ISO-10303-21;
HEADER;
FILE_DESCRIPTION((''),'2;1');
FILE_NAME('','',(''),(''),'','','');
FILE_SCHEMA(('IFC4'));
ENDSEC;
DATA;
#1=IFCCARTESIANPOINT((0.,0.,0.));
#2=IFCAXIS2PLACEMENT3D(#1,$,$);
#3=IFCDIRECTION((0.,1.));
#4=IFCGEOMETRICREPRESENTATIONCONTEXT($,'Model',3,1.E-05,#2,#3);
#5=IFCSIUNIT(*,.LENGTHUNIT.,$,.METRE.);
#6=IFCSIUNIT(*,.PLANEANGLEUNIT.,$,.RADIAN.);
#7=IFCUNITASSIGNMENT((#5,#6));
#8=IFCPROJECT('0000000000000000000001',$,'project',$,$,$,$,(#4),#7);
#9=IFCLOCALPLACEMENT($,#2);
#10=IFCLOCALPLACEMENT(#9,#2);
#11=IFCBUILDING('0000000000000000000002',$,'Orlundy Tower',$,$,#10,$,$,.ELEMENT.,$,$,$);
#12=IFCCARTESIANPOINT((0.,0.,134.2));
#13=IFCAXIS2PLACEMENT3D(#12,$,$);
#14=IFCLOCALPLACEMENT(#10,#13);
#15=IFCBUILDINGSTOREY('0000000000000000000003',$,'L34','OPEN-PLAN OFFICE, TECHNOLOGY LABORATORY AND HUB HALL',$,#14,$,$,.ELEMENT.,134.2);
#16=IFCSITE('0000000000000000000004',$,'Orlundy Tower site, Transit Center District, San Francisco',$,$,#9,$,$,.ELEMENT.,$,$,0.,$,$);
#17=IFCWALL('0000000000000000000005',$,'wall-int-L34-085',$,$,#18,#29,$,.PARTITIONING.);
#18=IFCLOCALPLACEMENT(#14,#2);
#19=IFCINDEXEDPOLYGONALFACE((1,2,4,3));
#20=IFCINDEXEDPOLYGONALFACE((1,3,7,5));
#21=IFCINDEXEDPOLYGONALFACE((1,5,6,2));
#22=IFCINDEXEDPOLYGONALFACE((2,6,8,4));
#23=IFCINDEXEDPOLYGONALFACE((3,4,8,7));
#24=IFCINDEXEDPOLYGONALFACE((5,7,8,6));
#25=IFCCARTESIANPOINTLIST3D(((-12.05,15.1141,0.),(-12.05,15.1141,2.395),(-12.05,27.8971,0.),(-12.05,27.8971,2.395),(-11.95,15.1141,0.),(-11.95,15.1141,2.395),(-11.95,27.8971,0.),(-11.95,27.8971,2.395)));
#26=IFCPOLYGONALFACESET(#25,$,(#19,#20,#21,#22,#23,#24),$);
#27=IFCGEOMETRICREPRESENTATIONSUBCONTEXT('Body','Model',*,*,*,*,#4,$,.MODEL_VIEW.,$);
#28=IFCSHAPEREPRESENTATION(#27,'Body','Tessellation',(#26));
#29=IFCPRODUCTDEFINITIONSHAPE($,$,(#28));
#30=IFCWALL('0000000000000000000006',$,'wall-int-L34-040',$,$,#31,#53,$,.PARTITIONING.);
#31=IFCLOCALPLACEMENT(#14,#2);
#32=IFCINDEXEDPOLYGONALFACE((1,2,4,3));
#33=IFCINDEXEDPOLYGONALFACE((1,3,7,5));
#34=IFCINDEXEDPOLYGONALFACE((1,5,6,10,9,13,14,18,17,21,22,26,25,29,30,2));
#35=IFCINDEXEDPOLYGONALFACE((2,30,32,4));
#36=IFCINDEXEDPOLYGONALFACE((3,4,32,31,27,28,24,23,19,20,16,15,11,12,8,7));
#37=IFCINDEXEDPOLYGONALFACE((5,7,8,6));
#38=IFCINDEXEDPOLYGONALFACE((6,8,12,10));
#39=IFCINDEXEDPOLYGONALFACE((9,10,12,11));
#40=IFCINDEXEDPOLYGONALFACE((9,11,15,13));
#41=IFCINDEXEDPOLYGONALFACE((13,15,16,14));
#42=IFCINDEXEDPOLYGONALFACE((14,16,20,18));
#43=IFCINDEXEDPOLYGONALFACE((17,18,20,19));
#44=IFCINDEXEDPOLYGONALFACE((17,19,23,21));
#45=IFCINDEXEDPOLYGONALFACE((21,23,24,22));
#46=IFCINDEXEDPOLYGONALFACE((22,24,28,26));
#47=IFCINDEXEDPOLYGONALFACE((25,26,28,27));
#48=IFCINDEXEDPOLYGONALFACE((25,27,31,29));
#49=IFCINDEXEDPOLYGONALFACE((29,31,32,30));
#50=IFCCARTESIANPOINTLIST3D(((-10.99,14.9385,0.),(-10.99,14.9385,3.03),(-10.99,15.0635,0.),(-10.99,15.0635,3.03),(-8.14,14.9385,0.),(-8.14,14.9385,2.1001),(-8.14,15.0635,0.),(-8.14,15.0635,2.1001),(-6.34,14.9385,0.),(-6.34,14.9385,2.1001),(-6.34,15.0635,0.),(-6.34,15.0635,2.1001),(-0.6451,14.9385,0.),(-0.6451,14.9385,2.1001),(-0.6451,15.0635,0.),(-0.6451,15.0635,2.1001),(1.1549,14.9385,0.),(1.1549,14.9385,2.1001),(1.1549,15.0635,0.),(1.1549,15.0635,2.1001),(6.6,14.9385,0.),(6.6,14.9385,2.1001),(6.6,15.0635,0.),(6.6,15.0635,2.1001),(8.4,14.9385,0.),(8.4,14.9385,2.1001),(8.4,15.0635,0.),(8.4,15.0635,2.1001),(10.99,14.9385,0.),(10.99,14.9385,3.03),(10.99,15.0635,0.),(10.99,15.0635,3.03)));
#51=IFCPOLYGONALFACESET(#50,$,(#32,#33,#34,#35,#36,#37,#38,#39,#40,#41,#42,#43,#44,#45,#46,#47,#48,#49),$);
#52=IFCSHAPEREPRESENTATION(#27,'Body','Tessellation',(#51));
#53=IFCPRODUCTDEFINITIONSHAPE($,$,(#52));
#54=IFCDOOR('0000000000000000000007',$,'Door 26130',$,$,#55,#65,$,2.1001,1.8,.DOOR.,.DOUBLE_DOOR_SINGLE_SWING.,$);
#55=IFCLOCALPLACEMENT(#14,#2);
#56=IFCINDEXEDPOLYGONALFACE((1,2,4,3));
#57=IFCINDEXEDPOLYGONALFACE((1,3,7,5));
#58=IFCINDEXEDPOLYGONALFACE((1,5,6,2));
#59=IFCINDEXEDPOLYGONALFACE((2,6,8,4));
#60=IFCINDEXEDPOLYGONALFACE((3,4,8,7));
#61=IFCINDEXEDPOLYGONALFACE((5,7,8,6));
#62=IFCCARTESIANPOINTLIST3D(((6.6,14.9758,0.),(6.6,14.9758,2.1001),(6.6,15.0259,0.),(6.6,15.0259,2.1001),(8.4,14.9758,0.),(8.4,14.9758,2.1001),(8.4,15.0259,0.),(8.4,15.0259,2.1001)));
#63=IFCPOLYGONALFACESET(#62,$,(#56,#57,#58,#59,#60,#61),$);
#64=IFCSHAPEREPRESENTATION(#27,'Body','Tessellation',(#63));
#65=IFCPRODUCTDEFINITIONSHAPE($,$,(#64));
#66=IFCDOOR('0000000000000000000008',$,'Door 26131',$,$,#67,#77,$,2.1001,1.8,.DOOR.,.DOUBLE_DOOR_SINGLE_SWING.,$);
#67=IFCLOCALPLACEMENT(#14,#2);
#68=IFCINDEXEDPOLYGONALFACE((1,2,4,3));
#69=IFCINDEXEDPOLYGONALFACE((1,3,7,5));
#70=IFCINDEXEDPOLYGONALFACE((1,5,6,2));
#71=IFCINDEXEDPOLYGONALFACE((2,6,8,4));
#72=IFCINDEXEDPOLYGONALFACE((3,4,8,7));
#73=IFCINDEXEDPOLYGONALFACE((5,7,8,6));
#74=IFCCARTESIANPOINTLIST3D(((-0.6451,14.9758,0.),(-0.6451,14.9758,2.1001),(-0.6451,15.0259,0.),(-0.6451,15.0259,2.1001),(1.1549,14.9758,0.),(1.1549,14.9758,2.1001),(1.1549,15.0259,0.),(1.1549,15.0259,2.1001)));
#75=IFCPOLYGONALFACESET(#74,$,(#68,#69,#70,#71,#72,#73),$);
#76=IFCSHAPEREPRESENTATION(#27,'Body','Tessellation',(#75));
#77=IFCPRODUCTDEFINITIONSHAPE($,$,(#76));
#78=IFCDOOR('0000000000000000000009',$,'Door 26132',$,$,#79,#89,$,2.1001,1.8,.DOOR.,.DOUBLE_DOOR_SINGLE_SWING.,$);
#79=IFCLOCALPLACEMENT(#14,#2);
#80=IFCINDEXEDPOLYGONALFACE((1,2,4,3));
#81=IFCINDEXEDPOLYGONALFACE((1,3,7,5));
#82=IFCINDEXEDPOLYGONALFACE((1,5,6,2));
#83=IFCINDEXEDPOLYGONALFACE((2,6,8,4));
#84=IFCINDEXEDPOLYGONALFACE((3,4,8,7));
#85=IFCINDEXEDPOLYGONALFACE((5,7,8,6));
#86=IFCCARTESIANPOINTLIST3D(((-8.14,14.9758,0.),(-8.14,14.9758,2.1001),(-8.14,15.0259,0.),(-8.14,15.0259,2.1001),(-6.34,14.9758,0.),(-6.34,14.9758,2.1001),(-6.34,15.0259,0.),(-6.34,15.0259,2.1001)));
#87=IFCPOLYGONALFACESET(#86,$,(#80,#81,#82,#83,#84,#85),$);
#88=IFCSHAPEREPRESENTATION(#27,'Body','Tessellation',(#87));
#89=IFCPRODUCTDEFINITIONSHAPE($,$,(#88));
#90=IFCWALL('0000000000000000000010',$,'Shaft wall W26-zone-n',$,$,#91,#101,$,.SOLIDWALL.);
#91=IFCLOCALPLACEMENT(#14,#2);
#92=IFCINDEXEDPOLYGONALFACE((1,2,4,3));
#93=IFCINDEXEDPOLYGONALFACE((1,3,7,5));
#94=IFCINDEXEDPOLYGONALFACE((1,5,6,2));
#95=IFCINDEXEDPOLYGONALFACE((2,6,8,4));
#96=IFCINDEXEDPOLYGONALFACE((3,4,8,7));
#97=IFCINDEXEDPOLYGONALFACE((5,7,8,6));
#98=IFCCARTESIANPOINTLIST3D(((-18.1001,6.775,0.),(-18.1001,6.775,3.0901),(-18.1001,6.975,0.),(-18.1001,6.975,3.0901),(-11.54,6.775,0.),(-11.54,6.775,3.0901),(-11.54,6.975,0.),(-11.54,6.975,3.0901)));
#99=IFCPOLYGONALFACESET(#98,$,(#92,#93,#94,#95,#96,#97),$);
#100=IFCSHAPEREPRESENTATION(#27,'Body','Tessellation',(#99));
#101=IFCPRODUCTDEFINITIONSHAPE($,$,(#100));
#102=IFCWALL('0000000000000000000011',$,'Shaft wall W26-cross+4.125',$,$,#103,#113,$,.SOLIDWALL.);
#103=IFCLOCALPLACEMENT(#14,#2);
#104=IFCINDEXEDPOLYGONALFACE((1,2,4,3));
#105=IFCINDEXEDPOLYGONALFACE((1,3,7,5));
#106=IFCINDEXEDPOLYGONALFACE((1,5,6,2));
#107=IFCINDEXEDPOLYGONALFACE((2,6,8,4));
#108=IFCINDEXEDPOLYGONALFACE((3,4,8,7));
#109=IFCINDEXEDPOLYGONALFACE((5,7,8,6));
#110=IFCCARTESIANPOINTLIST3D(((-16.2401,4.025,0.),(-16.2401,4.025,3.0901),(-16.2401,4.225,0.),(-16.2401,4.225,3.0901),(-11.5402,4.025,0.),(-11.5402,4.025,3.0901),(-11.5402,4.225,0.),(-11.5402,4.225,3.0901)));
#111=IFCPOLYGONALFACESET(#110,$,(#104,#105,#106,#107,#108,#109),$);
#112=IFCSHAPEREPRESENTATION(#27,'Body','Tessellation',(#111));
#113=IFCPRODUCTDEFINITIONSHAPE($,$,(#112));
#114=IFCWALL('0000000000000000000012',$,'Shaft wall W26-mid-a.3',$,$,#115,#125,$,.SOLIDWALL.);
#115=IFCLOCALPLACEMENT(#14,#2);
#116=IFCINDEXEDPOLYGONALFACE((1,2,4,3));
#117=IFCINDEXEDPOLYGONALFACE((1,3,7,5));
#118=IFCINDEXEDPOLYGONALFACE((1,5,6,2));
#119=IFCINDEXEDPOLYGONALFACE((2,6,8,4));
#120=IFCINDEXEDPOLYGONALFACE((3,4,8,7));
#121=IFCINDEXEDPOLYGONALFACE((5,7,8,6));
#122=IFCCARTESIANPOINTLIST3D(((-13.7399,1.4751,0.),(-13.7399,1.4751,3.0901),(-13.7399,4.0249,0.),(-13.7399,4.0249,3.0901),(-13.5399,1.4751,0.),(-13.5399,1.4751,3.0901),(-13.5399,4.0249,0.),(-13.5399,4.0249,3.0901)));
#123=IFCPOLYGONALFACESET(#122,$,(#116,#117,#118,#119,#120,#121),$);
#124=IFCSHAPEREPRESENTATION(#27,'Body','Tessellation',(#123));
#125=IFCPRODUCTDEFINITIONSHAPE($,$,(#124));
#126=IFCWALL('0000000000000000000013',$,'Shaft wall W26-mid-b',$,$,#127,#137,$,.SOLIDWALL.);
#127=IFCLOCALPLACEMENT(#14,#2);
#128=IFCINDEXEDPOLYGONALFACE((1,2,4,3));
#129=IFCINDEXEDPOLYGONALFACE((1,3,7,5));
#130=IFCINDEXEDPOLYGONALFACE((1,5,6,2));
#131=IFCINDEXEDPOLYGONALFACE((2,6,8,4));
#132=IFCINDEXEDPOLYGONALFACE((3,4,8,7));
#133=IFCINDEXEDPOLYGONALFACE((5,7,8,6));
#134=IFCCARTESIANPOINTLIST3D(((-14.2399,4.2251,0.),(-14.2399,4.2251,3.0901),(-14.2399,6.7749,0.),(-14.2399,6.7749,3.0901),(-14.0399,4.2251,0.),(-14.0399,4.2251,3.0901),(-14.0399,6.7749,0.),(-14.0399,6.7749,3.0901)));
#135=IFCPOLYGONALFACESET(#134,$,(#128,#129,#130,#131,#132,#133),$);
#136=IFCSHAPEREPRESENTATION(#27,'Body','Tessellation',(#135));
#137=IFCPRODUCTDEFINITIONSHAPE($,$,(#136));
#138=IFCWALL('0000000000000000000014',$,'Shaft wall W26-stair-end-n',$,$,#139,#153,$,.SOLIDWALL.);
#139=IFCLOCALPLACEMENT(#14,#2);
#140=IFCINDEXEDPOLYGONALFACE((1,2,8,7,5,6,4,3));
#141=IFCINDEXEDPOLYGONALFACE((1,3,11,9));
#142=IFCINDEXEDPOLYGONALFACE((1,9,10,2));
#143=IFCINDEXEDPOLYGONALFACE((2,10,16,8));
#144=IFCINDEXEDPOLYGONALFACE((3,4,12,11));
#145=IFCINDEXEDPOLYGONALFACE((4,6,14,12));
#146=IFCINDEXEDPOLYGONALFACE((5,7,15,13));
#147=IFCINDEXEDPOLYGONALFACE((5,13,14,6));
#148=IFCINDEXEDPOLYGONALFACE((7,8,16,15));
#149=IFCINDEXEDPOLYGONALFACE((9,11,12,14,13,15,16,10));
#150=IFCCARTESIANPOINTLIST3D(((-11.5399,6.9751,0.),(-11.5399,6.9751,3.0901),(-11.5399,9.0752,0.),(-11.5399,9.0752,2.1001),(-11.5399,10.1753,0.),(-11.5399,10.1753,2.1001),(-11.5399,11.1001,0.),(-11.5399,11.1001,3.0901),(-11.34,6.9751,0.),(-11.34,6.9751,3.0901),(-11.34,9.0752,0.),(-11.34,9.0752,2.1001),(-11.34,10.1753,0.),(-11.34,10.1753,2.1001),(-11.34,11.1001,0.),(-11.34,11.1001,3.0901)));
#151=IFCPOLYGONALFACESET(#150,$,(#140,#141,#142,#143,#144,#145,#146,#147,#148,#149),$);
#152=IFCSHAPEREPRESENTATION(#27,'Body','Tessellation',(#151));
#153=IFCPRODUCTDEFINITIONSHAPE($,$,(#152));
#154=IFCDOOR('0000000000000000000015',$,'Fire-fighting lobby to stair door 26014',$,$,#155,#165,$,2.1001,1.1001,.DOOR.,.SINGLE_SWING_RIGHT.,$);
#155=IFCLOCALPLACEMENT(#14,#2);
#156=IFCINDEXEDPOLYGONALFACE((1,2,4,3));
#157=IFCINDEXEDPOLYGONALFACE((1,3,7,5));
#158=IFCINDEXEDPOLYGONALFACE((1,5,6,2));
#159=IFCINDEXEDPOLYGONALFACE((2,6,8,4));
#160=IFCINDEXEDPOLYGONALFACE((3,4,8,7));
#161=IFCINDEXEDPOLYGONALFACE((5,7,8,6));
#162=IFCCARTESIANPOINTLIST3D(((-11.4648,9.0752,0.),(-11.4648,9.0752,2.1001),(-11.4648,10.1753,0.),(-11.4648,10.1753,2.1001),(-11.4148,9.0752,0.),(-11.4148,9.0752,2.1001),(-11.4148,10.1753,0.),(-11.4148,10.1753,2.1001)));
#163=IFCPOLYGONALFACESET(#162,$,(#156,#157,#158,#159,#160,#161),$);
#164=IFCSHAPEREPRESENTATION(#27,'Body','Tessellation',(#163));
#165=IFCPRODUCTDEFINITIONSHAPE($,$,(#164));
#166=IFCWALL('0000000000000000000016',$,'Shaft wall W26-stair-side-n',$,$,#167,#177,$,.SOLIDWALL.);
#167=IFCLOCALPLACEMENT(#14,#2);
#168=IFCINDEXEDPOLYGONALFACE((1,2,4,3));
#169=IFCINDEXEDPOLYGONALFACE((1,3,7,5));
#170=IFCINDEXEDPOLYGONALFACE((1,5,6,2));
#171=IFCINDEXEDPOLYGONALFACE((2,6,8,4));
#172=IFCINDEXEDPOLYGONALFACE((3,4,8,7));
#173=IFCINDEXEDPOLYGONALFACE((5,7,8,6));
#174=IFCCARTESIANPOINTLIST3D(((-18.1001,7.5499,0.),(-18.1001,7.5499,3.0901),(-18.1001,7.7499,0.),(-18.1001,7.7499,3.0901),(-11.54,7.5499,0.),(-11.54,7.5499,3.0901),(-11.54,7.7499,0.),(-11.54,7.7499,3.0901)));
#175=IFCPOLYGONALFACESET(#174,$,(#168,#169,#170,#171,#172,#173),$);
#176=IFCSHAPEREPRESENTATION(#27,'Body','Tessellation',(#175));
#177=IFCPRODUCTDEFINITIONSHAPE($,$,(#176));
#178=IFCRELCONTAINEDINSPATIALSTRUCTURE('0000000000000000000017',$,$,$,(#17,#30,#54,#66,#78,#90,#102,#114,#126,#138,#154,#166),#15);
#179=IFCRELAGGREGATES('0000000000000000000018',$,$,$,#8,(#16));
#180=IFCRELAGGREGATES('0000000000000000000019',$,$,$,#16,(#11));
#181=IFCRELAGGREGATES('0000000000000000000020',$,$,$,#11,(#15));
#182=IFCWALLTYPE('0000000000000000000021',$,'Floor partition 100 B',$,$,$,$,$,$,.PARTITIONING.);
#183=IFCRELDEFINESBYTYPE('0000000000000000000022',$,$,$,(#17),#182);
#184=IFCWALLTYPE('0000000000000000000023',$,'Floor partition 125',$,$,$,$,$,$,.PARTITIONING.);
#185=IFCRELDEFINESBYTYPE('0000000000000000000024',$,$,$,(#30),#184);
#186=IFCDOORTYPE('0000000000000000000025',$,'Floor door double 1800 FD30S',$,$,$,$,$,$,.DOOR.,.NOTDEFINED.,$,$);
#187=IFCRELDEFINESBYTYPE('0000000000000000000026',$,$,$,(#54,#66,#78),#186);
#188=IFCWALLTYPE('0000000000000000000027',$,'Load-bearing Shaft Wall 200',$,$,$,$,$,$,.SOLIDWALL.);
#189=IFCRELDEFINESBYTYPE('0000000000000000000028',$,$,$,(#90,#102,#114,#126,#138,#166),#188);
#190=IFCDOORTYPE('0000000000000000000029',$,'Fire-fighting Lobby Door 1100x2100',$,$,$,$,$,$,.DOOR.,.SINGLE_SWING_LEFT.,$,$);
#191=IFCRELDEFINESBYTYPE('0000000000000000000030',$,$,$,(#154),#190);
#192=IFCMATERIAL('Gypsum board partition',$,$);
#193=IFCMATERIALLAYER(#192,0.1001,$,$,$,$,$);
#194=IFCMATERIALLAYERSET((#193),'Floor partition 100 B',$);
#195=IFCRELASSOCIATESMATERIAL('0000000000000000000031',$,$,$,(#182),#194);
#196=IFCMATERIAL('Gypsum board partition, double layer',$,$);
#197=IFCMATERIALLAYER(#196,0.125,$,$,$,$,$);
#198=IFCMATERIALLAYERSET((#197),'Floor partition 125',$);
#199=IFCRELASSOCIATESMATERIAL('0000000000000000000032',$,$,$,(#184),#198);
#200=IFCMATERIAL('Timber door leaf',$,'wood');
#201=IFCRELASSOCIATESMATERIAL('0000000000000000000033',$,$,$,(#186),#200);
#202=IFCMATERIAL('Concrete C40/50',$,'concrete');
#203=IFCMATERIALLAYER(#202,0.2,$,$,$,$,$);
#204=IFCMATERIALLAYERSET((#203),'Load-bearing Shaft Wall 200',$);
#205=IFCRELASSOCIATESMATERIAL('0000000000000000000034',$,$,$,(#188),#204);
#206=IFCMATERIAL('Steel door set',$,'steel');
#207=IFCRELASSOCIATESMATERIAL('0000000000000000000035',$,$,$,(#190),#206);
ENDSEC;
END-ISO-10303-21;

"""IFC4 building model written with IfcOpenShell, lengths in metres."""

from ifc_helpers import new_model, si_unit, direction, frame, frame_2d, origin, place, context, subcontext, project, spatial, rectangle, extrude, material, layer, layer_set, type_object, element, fill, save


model = new_model("IFC4")

# Units and contexts
model_context = context("Model", 3, precision=1e-05, world=origin(), true_north=direction((0.0, 1.0)))
body_context = subcontext(model_context, "Body", "Model", "MODEL_VIEW")
ifc_project = project(units=[si_unit("LENGTHUNIT", "METRE"), si_unit("PLANEANGLEUNIT", "RADIAN")], contexts=[model_context])

# Site, building, storey
site_placement = place(None, origin())
site = spatial("IfcSite", under=ifc_project, at=site_placement, Name="Orlundy Tower site, Transit Center District, San Francisco", CompositionType="ELEMENT", RefElevation=0.0)
building_placement = place(site_placement, origin())
building = spatial("IfcBuilding", under=site, at=building_placement, Name="Orlundy Tower", CompositionType="ELEMENT")
storey_placement = place(building_placement, frame((0.0, 0.0, 134.2)))
storey = spatial("IfcBuildingStorey", under=building, at=storey_placement, Name="L34", Description="OPEN-PLAN OFFICE, TECHNOLOGY LABORATORY AND HUB HALL", CompositionType="ELEMENT", Elevation=134.2)

# Wall
ifc_material_1 = material(Name="Gypsum board partition")
ifc_layer_1 = layer(ifc_material_1, 0.1001)
ifc_layer_set_1 = layer_set([ifc_layer_1], Name="Floor partition 100 B")
wall_type_1 = type_object("IfcWallType", Name="Floor partition 100 B", PredefinedType="PARTITIONING", material=ifc_layer_set_1)
wall_1_placement = place(storey_placement, frame((-12.0, 15.114, 0.0), z_axis=(0.0, 0.0, 1.0), x_axis=(0.0, 1.0, 0.0)))
element("IfcWall", 1, at=wall_1_placement, inside=storey, type_object=wall_type_1, Name="wall-int-L34-085", PredefinedType="PARTITIONING", context=body_context, shape_type="SweptSolid", body=[
    extrude(rectangle(XDim=12.783, YDim=0.1001, at=frame_2d((6.3916, 0.0))), origin(), (0.0, 0.0, 1.0), 2.395),
])

# Wall, openings, doors
ifc_material_2 = material(Name="Gypsum board partition, double layer")
ifc_layer_2 = layer(ifc_material_2, 0.125)
ifc_layer_set_2 = layer_set([ifc_layer_2], Name="Floor partition 125")
wall_type_2 = type_object("IfcWallType", Name="Floor partition 125", PredefinedType="PARTITIONING", material=ifc_layer_set_2)
wall_2_placement = place(storey_placement, frame((-10.99, 15.001, 0.0), z_axis=(0.0, 0.0, 1.0), x_axis=(1.0, 0.0, 0.0)))
wall_2 = element("IfcWall", 2, at=wall_2_placement, inside=storey, type_object=wall_type_2, Name="wall-int-L34-040", PredefinedType="PARTITIONING", context=body_context, shape_type="SweptSolid", body=[
    extrude(rectangle(XDim=21.98, YDim=0.125, at=frame_2d((10.99, 0.0))), origin(), (0.0, 0.0, 1.0), 3.03),
])
opening_1_placement = place(wall_2_placement, frame((17.5901, 0.0, 0.0)))
opening_1 = element("IfcOpeningElement", 3, at=opening_1_placement, cuts=wall_2, PredefinedType="OPENING", context=body_context, shape_type="SweptSolid", body=[
    extrude(rectangle(XDim=1.8, YDim=2.1001, at=frame_2d((0.8999, 1.05))), frame((0.0, 0.0725, 0.0), z_axis=(0.0, -1.0, 0.0), x_axis=(1.0, 0.0, 0.0)), (0.0, 0.0, 1.0), 0.145),
])
opening_2_placement = place(wall_2_placement, frame((10.345, 0.0, 0.0)))
opening_2 = element("IfcOpeningElement", 4, at=opening_2_placement, cuts=wall_2, PredefinedType="OPENING", context=body_context, shape_type="SweptSolid", body=[
    extrude(rectangle(XDim=1.8, YDim=2.1001, at=frame_2d((0.8999, 1.05))), frame((0.0, 0.0725, 0.0), z_axis=(0.0, -1.0, 0.0), x_axis=(1.0, 0.0, 0.0)), (0.0, 0.0, 1.0), 0.145),
])
opening_3_placement = place(wall_2_placement, frame((2.8501, 0.0, 0.0)))
opening_3 = element("IfcOpeningElement", 5, at=opening_3_placement, cuts=wall_2, PredefinedType="OPENING", context=body_context, shape_type="SweptSolid", body=[
    extrude(rectangle(XDim=1.8, YDim=2.1001, at=frame_2d((0.8999, 1.05))), frame((0.0, 0.0725, 0.0), z_axis=(0.0, -1.0, 0.0), x_axis=(1.0, 0.0, 0.0)), (0.0, 0.0, 1.0), 0.145),
])
ifc_material_3 = material(Name="Timber door leaf", Category="wood")
door_type_1 = type_object("IfcDoorType", Name="Floor door double 1800 FD30S", OperationType="NOTDEFINED", PredefinedType="DOOR", material=ifc_material_3)
door_1_placement = place(opening_1_placement, origin())
door_1 = element("IfcDoor", 6, at=door_1_placement, inside=storey, type_object=door_type_1, Name="Door 26130", OperationType="DOUBLE_DOOR_SINGLE_SWING", OverallHeight=2.1001, OverallWidth=1.8, PredefinedType="DOOR", context=body_context, shape_type="SweptSolid", body=[
    extrude(rectangle(XDim=1.8, YDim=2.1001, at=frame_2d((0.8999, 1.05))), frame((0.0, 0.0249, 0.0), z_axis=(0.0, -1.0, 0.0), x_axis=(1.0, 0.0, 0.0)), (0.0, 0.0, 1.0), 0.05),
])
fill(opening_1, door_1)
door_2_placement = place(opening_2_placement, origin())
door_2 = element("IfcDoor", 7, at=door_2_placement, inside=storey, type_object=door_type_1, Name="Door 26131", OperationType="DOUBLE_DOOR_SINGLE_SWING", OverallHeight=2.1001, OverallWidth=1.8, PredefinedType="DOOR", context=body_context, shape_type="SweptSolid", body=[
    extrude(rectangle(XDim=1.8, YDim=2.1001, at=frame_2d((0.8999, 1.05))), frame((0.0, 0.0249, 0.0), z_axis=(0.0, -1.0, 0.0), x_axis=(1.0, 0.0, 0.0)), (0.0, 0.0, 1.0), 0.05),
])
fill(opening_2, door_2)
door_3_placement = place(opening_3_placement, origin())
door_3 = element("IfcDoor", 8, at=door_3_placement, inside=storey, type_object=door_type_1, Name="Door 26132", OperationType="DOUBLE_DOOR_SINGLE_SWING", OverallHeight=2.1001, OverallWidth=1.8, PredefinedType="DOOR", context=body_context, shape_type="SweptSolid", body=[
    extrude(rectangle(XDim=1.8, YDim=2.1001, at=frame_2d((0.8999, 1.05))), frame((0.0, 0.0249, 0.0), z_axis=(0.0, -1.0, 0.0), x_axis=(1.0, 0.0, 0.0)), (0.0, 0.0, 1.0), 0.05),
])
fill(opening_3, door_3)

# Walls
ifc_material_4 = material(Name="Concrete C40/50", Category="concrete")
ifc_layer_3 = layer(ifc_material_4, 0.2)
ifc_layer_set_3 = layer_set([ifc_layer_3], Name="Load-bearing Shaft Wall 200")
wall_type_3 = type_object("IfcWallType", Name="Load-bearing Shaft Wall 200", PredefinedType="SOLIDWALL", material=ifc_layer_set_3)
wall_3_placement = place(storey_placement, frame((-11.54, 6.875, 0.0), z_axis=(0.0, 0.0, 1.0), x_axis=(-1.0, 0.0, 0.0)))
element("IfcWall", 9, at=wall_3_placement, inside=storey, type_object=wall_type_3, Name="Shaft wall W26-zone-n", PredefinedType="SOLIDWALL", context=body_context, shape_type="SweptSolid", body=[
    extrude(rectangle(XDim=6.5601, YDim=0.2, at=frame_2d((3.28, 0.0))), origin(), (0.0, 0.0, 1.0), 3.0901),
])
wall_4_placement = place(storey_placement, frame((-11.54, 4.125, 0.0), z_axis=(0.0, 0.0, 1.0), x_axis=(-1.0, 0.0, 0.0)))
element("IfcWall", 10, at=wall_4_placement, inside=storey, type_object=wall_type_3, Name="Shaft wall W26-cross+4.125", PredefinedType="SOLIDWALL", context=body_context, shape_type="SweptSolid", body=[
    extrude(rectangle(XDim=4.7, YDim=0.2, at=frame_2d((2.3501, 0.0))), origin(), (0.0, 0.0, 1.0), 3.0901),
])
for number, where, z_axis, x_axis, name in (
    (11, (-13.6399, 1.4751, 0.0), (0.0, 0.0, 1.0), (0.0, 1.0, 0.0), "Shaft wall W26-mid-a.3"),
    (12, (-14.1399, 4.2251, 0.0), (0.0, 0.0, 1.0), (0.0, 1.0, 0.0), "Shaft wall W26-mid-b"),
):
    element("IfcWall", number, at=place(storey_placement, frame(where, z_axis=z_axis, x_axis=x_axis)), inside=storey, type_object=wall_type_3, Name=name, PredefinedType="SOLIDWALL", context=body_context, shape_type="SweptSolid", body=[
        extrude(rectangle(XDim=2.5498, YDim=0.2, at=frame_2d((1.2749, 0.0))), origin(), (0.0, 0.0, 1.0), 3.0901),
    ])

# Wall, opening, door
wall_5_placement = place(storey_placement, frame((-11.4399, 6.9751, 0.0), z_axis=(0.0, 0.0, 1.0), x_axis=(0.0, 1.0, 0.0)))
wall_5 = element("IfcWall", 13, at=wall_5_placement, inside=storey, type_object=wall_type_3, Name="Shaft wall W26-stair-end-n", PredefinedType="SOLIDWALL", context=body_context, shape_type="SweptSolid", body=[
    extrude(rectangle(XDim=4.125, YDim=0.2, at=frame_2d((2.0625, 0.0))), origin(), (0.0, 0.0, 1.0), 3.0901),
])
opening_4_placement = place(wall_5_placement, frame((2.1001, 0.0, 0.0)))
opening_4 = element("IfcOpeningElement", 14, at=opening_4_placement, cuts=wall_5, PredefinedType="OPENING", context=body_context, shape_type="SweptSolid", body=[
    extrude(rectangle(XDim=1.1001, YDim=2.1001, at=frame_2d((0.55, 1.05))), frame((0.0, 0.1101, 0.0), z_axis=(0.0, -1.0, 0.0), x_axis=(1.0, 0.0, 0.0)), (0.0, 0.0, 1.0), 0.2202),
])
ifc_material_5 = material(Name="Steel door set", Category="steel")
door_type_2 = type_object("IfcDoorType", Name="Fire-fighting Lobby Door 1100x2100", OperationType="SINGLE_SWING_LEFT", PredefinedType="DOOR", material=ifc_material_5)
door_4_placement = place(opening_4_placement, origin())
door_4 = element("IfcDoor", 15, at=door_4_placement, inside=storey, type_object=door_type_2, Name="Fire-fighting lobby to stair door 26014", OperationType="SINGLE_SWING_RIGHT", OverallHeight=2.1001, OverallWidth=1.1001, PredefinedType="DOOR", context=body_context, shape_type="SweptSolid", body=[
    extrude(rectangle(XDim=1.1001, YDim=2.1001, at=frame_2d((0.55, 1.05))), frame((0.0, 0.0249, 0.0), z_axis=(0.0, -1.0, 0.0), x_axis=(1.0, 0.0, 0.0)), (0.0, 0.0, 1.0), 0.05),
])
fill(opening_4, door_4)

# Wall
wall_6_placement = place(storey_placement, frame((-11.54, 7.6499, 0.0), z_axis=(0.0, 0.0, 1.0), x_axis=(-1.0, 0.0, 0.0)))
element("IfcWall", 16, at=wall_6_placement, inside=storey, type_object=wall_type_3, Name="Shaft wall W26-stair-side-n", PredefinedType="SOLIDWALL", context=body_context, shape_type="SweptSolid", body=[
    extrude(rectangle(XDim=6.5601, YDim=0.2, at=frame_2d((3.28, 0.0))), origin(), (0.0, 0.0, 1.0), 3.0901),
])

save(model, "model.ifc")
